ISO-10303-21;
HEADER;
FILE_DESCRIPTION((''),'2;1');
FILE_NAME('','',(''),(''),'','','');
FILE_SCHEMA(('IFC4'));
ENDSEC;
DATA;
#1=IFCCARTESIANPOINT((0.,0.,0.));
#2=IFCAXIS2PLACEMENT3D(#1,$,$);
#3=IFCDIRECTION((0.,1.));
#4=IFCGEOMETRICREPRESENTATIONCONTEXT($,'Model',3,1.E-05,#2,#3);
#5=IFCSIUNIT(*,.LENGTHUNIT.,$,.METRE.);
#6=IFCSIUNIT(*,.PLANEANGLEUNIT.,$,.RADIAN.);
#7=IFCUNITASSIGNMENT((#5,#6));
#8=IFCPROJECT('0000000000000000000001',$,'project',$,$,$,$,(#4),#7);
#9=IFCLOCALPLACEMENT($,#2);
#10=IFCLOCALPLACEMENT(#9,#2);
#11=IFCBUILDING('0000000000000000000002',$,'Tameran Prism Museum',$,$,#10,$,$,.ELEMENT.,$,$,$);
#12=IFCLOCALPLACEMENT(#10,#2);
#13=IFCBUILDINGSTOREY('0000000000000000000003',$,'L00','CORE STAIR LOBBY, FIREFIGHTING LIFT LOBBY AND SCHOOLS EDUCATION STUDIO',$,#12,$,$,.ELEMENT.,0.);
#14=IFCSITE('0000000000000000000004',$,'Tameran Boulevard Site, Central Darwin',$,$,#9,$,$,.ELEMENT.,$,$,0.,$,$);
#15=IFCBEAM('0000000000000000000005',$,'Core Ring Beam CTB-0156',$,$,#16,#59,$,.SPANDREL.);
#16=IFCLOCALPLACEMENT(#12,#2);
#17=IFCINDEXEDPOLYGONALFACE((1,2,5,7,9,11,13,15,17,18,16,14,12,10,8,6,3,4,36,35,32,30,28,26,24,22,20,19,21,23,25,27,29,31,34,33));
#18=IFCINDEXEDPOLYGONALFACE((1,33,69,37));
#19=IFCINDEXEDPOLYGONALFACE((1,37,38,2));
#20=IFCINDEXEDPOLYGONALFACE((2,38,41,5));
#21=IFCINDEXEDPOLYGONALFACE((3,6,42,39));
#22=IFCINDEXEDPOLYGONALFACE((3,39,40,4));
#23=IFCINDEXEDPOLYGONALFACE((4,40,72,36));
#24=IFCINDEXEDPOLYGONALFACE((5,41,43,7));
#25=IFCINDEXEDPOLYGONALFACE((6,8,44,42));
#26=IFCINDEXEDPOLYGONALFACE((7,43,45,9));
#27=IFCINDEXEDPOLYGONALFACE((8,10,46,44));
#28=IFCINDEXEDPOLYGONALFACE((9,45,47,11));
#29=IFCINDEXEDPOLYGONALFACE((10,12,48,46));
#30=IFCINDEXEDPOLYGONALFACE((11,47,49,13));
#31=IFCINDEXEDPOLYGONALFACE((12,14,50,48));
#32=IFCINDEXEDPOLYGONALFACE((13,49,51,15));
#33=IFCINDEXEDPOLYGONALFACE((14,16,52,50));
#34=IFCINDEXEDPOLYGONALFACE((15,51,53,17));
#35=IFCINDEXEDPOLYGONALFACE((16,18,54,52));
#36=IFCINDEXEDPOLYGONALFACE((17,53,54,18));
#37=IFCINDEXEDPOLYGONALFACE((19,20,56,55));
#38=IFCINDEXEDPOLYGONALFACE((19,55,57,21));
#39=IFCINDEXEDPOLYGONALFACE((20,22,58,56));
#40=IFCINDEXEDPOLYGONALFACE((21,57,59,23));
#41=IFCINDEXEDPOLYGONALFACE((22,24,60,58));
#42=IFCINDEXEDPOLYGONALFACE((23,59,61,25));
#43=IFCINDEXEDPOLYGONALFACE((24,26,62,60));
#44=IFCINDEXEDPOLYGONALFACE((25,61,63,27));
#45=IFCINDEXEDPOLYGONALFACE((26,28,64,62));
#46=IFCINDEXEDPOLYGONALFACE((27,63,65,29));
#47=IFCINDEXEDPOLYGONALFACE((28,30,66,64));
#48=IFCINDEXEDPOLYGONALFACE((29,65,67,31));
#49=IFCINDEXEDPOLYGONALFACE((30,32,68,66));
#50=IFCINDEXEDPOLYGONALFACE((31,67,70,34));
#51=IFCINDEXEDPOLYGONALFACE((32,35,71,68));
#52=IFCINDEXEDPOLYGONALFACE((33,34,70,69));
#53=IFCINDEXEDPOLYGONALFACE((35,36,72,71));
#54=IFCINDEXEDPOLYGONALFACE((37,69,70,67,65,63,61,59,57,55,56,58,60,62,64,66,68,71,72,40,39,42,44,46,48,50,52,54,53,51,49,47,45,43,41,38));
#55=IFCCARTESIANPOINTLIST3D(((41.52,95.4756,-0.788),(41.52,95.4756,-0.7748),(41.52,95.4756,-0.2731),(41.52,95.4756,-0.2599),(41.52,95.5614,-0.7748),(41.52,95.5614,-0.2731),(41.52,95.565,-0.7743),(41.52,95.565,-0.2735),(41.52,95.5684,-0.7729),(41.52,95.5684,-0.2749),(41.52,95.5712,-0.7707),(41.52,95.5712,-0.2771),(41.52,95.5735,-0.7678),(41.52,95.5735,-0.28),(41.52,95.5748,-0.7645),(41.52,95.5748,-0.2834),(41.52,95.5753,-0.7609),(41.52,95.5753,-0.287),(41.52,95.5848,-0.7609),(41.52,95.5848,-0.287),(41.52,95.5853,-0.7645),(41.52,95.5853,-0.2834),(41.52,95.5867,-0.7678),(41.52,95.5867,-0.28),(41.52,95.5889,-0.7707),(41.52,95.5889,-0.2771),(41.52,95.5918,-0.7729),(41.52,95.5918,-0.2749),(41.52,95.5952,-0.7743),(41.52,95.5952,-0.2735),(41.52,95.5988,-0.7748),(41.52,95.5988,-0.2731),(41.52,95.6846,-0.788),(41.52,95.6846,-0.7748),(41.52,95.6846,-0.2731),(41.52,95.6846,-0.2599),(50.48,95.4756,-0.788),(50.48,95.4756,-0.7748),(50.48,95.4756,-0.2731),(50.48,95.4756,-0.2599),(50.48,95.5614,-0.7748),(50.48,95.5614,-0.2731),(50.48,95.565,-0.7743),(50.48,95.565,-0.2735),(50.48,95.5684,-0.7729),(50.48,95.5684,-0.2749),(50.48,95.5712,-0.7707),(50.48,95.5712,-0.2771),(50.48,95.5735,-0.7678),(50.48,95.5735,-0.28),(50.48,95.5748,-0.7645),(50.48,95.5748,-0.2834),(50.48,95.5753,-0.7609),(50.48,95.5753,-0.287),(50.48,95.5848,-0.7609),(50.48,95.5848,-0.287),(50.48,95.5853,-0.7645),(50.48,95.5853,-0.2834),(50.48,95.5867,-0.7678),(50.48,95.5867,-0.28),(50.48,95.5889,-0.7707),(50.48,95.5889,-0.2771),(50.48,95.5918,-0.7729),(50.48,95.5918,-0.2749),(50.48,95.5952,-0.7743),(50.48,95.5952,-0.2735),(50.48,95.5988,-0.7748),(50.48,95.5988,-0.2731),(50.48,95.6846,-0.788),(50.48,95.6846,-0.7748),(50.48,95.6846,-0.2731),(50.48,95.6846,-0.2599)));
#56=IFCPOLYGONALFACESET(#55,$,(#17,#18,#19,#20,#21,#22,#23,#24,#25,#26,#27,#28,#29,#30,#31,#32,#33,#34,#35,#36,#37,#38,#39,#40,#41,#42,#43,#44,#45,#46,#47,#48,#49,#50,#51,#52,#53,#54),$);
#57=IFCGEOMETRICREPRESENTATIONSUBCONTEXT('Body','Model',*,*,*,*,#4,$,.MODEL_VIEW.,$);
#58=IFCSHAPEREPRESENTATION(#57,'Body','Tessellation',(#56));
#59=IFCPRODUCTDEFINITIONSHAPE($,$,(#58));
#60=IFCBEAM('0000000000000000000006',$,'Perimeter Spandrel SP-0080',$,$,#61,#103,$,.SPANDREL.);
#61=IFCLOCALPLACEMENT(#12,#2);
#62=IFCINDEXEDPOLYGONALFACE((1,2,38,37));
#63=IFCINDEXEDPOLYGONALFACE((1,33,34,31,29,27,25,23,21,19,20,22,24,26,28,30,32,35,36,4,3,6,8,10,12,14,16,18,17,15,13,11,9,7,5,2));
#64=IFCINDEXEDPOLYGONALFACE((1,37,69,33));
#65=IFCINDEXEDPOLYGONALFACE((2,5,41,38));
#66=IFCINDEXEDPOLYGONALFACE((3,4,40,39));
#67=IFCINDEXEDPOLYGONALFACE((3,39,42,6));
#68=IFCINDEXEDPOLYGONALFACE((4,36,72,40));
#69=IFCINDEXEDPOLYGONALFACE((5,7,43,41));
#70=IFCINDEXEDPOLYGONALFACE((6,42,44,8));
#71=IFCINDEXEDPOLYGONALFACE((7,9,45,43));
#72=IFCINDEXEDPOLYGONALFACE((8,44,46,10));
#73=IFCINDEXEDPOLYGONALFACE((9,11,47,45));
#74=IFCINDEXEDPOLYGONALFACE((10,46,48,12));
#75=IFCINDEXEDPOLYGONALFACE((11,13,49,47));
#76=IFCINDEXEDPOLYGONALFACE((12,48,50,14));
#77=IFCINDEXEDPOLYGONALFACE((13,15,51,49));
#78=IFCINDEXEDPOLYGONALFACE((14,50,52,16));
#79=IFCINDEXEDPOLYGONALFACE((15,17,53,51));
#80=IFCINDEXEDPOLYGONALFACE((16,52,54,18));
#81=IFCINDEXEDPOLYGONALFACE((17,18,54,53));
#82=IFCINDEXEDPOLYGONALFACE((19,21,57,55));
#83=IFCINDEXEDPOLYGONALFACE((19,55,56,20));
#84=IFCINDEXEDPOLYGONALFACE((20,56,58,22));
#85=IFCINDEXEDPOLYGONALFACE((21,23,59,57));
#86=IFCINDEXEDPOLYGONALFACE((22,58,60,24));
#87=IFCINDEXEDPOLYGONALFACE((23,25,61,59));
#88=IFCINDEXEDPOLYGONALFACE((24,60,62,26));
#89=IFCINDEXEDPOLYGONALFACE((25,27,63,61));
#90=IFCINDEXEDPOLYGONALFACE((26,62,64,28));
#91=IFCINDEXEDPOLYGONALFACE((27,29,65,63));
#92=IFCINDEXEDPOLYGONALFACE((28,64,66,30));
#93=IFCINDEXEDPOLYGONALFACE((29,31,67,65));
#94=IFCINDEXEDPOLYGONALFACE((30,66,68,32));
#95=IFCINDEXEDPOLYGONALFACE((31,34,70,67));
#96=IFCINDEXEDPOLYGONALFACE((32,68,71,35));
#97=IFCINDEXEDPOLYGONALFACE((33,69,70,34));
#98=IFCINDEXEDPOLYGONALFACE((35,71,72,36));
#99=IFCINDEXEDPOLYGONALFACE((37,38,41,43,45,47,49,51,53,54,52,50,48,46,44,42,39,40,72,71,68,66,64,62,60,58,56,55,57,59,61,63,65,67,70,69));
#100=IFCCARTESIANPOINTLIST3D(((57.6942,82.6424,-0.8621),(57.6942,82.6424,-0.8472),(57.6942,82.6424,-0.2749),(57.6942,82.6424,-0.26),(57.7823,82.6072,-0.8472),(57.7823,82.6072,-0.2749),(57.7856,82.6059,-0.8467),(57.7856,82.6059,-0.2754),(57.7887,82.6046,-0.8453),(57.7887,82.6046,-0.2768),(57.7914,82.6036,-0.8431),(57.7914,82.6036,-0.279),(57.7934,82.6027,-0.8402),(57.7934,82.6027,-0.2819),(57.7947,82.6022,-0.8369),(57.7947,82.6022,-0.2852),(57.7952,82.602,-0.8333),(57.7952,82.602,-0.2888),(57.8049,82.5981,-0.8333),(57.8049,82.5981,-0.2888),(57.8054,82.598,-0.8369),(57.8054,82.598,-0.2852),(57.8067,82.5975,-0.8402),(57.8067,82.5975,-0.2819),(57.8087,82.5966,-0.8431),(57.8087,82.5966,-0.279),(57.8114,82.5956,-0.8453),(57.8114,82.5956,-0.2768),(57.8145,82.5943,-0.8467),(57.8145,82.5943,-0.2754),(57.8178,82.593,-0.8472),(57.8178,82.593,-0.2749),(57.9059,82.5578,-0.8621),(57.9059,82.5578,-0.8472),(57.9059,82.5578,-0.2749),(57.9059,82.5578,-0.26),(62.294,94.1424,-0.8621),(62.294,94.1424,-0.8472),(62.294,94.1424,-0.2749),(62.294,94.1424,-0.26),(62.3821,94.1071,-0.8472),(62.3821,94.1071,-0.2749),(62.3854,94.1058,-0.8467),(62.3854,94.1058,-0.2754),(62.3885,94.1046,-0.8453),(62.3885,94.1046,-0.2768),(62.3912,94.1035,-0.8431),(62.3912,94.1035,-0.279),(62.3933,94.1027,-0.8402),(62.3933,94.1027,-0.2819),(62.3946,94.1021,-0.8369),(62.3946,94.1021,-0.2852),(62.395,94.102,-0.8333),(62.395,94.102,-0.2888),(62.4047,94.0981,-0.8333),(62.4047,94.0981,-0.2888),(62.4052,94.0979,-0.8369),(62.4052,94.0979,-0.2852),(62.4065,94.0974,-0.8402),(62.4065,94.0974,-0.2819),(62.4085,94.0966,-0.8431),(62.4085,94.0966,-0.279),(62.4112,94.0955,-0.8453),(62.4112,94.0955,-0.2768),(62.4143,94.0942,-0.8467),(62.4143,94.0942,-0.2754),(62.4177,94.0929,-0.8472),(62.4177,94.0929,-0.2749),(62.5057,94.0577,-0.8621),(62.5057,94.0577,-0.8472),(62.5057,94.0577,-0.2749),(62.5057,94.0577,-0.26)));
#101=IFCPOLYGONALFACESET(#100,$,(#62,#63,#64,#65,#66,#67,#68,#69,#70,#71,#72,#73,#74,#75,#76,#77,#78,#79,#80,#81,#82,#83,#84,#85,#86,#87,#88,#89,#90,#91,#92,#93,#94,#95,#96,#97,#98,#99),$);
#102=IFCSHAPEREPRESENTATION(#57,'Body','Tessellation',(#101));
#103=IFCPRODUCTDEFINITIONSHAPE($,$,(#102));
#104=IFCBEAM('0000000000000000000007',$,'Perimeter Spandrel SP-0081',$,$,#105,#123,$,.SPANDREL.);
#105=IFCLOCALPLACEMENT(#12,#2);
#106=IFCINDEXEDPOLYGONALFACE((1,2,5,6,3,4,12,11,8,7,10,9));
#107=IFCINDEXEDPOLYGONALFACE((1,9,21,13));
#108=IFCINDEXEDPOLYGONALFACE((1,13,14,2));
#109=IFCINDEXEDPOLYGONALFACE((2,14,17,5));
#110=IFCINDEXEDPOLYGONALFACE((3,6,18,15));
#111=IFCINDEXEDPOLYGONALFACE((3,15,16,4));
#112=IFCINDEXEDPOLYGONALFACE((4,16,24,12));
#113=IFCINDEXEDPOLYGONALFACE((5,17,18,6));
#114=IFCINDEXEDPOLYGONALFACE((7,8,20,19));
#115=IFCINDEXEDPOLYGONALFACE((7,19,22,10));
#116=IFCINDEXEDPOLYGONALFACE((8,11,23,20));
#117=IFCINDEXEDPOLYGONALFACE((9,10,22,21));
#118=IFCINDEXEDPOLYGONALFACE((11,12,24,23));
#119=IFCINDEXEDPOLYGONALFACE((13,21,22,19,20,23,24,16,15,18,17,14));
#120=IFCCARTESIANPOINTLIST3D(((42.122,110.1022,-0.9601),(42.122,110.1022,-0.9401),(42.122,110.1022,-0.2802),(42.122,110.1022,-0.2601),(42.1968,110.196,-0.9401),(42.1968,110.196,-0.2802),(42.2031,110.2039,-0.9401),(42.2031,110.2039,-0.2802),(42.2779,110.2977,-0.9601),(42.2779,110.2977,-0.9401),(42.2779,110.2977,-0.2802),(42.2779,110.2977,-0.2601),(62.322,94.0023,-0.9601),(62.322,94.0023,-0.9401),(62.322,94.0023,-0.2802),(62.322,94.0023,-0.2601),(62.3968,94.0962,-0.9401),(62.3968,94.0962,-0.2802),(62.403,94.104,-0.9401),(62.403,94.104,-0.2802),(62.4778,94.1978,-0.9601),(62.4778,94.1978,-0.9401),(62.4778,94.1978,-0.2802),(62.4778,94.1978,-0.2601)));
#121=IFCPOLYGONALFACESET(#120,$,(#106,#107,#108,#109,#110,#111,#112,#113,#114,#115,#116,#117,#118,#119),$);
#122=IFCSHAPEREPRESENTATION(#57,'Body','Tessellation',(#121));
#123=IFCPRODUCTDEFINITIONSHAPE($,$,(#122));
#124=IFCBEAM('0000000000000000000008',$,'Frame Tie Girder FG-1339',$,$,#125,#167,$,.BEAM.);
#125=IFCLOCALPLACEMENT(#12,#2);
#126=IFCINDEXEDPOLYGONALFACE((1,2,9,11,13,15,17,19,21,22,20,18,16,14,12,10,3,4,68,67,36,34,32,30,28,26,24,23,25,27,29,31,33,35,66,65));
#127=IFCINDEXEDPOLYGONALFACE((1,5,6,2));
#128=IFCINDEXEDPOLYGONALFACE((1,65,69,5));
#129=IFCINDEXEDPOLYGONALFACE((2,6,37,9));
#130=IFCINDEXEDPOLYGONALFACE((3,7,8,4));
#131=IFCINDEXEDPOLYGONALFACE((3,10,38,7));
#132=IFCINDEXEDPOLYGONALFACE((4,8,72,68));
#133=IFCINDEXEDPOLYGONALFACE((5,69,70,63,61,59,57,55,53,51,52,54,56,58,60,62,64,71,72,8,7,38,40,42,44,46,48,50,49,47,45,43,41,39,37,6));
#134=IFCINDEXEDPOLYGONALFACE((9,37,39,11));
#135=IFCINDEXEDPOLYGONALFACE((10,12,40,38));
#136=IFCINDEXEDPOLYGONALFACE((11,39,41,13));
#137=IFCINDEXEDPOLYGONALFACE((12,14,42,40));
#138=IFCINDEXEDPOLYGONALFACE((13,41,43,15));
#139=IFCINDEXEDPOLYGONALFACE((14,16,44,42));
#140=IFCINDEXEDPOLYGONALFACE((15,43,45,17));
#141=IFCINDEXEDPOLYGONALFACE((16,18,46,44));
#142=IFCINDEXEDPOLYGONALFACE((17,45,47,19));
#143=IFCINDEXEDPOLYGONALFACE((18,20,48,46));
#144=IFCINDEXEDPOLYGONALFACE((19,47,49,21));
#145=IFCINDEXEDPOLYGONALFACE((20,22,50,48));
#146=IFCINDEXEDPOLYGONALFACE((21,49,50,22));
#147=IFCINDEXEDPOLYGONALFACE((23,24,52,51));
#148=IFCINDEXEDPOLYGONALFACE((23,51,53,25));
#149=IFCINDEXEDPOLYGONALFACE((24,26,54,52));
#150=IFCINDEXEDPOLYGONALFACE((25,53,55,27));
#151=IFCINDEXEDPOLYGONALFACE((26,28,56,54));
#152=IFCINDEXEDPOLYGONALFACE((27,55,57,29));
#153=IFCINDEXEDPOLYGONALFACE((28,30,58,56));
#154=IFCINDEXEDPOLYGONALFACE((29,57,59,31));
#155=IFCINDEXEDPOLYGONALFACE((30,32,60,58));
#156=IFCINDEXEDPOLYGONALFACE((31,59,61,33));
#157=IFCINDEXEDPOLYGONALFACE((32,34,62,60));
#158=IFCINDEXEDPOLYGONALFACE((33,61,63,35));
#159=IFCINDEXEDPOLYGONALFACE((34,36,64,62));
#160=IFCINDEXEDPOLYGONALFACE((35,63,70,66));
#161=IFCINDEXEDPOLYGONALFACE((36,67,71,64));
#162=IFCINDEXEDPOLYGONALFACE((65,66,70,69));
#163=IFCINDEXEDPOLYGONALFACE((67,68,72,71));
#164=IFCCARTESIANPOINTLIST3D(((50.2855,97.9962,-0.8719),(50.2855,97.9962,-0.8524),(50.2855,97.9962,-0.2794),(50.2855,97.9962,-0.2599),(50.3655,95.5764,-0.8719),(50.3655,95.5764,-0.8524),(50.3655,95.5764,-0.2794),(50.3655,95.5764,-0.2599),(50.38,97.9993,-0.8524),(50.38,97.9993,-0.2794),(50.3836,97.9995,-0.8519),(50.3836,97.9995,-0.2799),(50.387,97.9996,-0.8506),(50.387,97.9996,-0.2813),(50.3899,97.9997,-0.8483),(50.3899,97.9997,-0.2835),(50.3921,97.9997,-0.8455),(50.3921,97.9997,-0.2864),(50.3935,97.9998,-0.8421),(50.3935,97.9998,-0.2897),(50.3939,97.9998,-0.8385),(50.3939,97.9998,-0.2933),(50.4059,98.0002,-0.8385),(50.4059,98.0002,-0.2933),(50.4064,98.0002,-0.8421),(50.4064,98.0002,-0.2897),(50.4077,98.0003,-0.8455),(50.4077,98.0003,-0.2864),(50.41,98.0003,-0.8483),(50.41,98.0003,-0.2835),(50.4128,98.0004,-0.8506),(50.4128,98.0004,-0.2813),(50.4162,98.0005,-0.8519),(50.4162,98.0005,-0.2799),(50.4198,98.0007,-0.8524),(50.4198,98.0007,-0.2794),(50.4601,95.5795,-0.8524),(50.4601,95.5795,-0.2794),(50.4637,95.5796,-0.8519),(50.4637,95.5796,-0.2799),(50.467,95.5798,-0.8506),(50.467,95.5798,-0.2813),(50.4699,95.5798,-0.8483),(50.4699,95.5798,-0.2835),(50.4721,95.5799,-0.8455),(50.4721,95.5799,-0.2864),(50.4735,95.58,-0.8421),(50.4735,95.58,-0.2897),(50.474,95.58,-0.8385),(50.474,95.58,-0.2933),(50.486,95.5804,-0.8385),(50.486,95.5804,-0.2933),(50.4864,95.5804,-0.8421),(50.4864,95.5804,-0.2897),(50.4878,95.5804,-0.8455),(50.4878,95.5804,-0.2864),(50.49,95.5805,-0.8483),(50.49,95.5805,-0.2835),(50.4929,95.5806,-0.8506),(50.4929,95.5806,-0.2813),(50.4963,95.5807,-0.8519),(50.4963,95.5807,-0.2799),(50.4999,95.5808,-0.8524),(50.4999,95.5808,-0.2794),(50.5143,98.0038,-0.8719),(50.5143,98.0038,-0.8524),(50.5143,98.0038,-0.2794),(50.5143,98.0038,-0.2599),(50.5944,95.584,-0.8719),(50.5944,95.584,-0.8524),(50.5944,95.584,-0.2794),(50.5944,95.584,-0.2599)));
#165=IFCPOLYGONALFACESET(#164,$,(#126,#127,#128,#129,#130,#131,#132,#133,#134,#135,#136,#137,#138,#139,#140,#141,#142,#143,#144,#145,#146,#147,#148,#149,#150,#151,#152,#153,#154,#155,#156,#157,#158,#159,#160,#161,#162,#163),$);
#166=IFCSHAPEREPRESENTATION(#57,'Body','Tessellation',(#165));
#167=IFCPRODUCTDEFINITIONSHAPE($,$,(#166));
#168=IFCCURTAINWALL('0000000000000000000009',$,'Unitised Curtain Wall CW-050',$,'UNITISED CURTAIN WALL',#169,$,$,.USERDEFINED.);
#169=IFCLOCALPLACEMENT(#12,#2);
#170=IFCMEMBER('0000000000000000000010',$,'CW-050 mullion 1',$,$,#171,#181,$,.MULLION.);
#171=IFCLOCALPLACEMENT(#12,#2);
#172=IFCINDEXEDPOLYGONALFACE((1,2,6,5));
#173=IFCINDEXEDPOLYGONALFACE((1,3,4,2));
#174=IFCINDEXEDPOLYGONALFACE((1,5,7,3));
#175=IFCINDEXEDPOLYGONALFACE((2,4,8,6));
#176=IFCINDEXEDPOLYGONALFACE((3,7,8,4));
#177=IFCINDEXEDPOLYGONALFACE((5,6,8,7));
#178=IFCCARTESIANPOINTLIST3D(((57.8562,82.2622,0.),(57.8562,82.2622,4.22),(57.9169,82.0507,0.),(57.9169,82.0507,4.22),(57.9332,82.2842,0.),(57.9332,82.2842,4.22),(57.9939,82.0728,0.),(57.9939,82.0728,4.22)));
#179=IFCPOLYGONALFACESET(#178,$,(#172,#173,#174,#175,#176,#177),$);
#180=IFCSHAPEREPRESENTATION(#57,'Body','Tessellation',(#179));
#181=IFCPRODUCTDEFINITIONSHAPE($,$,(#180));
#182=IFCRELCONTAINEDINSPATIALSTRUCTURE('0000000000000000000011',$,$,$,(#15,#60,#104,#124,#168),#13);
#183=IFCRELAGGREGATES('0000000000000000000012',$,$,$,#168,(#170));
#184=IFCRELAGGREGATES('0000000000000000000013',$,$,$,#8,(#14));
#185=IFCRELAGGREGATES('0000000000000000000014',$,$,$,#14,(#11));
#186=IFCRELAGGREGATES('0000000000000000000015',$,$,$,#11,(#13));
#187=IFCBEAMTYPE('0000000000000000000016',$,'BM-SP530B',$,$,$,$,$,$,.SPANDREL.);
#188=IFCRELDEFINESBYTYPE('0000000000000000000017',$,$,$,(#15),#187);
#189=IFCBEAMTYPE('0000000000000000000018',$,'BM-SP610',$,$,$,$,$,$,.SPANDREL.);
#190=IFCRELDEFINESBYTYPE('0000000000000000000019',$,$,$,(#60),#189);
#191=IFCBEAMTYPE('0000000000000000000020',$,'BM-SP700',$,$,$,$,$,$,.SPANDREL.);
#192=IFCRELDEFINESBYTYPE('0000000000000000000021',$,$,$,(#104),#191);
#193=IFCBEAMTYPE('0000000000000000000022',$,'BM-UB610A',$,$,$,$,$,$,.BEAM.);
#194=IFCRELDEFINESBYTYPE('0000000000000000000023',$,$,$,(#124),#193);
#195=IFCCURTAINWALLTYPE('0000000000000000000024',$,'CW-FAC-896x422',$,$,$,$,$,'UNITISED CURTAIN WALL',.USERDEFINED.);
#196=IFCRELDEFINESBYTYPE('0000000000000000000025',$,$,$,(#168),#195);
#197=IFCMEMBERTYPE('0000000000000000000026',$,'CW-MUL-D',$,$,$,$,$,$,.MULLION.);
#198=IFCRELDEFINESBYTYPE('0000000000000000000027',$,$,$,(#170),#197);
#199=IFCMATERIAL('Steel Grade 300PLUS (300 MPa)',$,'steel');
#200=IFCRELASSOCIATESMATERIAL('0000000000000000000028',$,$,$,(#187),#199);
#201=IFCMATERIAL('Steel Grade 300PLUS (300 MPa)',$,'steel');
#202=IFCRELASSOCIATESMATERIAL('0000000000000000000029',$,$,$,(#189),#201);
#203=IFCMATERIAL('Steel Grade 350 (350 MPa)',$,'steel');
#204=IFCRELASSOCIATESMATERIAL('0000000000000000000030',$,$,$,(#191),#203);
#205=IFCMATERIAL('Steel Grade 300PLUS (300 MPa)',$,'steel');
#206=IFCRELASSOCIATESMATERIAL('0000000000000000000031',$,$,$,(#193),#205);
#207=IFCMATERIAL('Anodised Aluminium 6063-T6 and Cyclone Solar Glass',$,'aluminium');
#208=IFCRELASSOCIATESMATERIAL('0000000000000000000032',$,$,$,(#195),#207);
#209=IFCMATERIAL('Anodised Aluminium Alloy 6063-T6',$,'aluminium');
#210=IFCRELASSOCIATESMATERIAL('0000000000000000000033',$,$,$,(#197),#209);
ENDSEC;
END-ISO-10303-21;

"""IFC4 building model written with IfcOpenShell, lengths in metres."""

from ifc_helpers import new_model, si_unit, direction, frame, origin, origin_2d, place, context, subcontext, project, spatial, rectangle, i_section, extrude, material, material_profile, profile_set, type_object, element, aggregate, save


model = new_model("IFC4")

# Units and contexts
model_context = context("Model", 3, precision=1e-05, world=origin(), true_north=direction((0.0, 1.0)))
body_context = subcontext(model_context, "Body", "Model", "MODEL_VIEW")
ifc_project = project(units=[si_unit("LENGTHUNIT", "METRE"), si_unit("PLANEANGLEUNIT", "RADIAN")], contexts=[model_context])

# Site, building, storey
site_placement = place(None, origin())
site = spatial("IfcSite", under=ifc_project, at=site_placement, Name="Tameran Boulevard Site, Central Darwin", CompositionType="ELEMENT", RefElevation=0.0)
building_placement = place(site_placement, origin())
building = spatial("IfcBuilding", under=site, at=building_placement, Name="Tameran Prism Museum", CompositionType="ELEMENT")
storey_placement = place(building_placement, origin())
storey = spatial("IfcBuildingStorey", under=building, at=storey_placement, Name="L00", Description="CORE STAIR LOBBY, FIREFIGHTING LIFT LOBBY AND SCHOOLS EDUCATION STUDIO", CompositionType="ELEMENT", Elevation=0.0)

# Beams
ifc_material_1 = material(Name="Steel Grade 300PLUS (300 MPa)", Category="steel")
ifc_material_profile_1 = material_profile(ifc_material_1, i_section(OverallWidth=0.209, OverallDepth=0.5281, WebThickness=0.0095, FlangeThickness=0.0132, FilletRadius=0.0139, at=origin_2d()))
ifc_profile_set_1 = profile_set([ifc_material_profile_1])
beam_type_1 = type_object("IfcBeamType", Name="BM-SP530B", PredefinedType="SPANDREL", material=ifc_profile_set_1)
beam_1_placement = place(storey_placement, frame((50.48, 95.5801, -0.5239), z_axis=(-1.0, 0.0, 0.0), x_axis=(0.0, -1.0, 0.0)))
element("IfcBeam", 1, at=beam_1_placement, inside=storey, type_object=beam_type_1, Name="Core Ring Beam CTB-0156", PredefinedType="SPANDREL", context=body_context, shape_type="SweptSolid", body=[
    extrude(i_section(OverallWidth=0.209, OverallDepth=0.5281, WebThickness=0.0095, FlangeThickness=0.0132, FilletRadius=0.0139, at=origin_2d()), origin(), (0.0, 0.0, 1.0), 8.96),
])
ifc_material_2 = material(Name="Steel Grade 300PLUS (300 MPa)", Category="steel")
ifc_material_profile_2 = material_profile(ifc_material_2, i_section(OverallWidth=0.228, OverallDepth=0.6021, WebThickness=0.0105, FlangeThickness=0.0149, FilletRadius=0.0139, at=origin_2d()))
ifc_profile_set_2 = profile_set([ifc_material_profile_2])
beam_type_2 = type_object("IfcBeamType", Name="BM-SP610", PredefinedType="SPANDREL", material=ifc_profile_set_2)
beam_2_placement = place(storey_placement, frame((57.8, 82.6001, -0.561), z_axis=(0.37138, 0.928481, 0.0), x_axis=(-0.928481, 0.37138, 0.0)))
element("IfcBeam", 2, at=beam_2_placement, inside=storey, type_object=beam_type_2, Name="Perimeter Spandrel SP-0080", PredefinedType="SPANDREL", context=body_context, shape_type="SweptSolid", body=[
    extrude(i_section(OverallWidth=0.228, OverallDepth=0.6021, WebThickness=0.0105, FlangeThickness=0.0149, FilletRadius=0.0139, at=origin_2d()), origin(), (0.0, 0.0, 1.0), 12.3857),
])
ifc_material_3 = material(Name="Steel Grade 350 (350 MPa)", Category="steel")
ifc_material_profile_3 = material_profile(ifc_material_3, i_section(OverallWidth=0.25, OverallDepth=0.7, WebThickness=0.01, FlangeThickness=0.02, at=origin_2d()))
ifc_profile_set_3 = profile_set([ifc_material_profile_3])
beam_type_3 = type_object("IfcBeamType", Name="BM-SP700", PredefinedType="SPANDREL", material=ifc_profile_set_3)
beam_3_placement = place(storey_placement, frame((62.3999, 94.1001, -0.6101), z_axis=(-0.782003, 0.623275, 0.0), x_axis=(-0.623275, -0.782003, 0.0)))
element("IfcBeam", 3, at=beam_3_placement, inside=storey, type_object=beam_type_3, Name="Perimeter Spandrel SP-0081", PredefinedType="SPANDREL", context=body_context, shape_type="SweptSolid", body=[
    extrude(i_section(OverallWidth=0.25, OverallDepth=0.7, WebThickness=0.01, FlangeThickness=0.02, at=origin_2d()), origin(), (0.0, 0.0, 1.0), 25.8311),
])
ifc_material_4 = material(Name="Steel Grade 300PLUS (300 MPa)", Category="steel")
ifc_material_profile_4 = material_profile(ifc_material_4, i_section(OverallWidth=0.229, OverallDepth=0.6121, WebThickness=0.012, FlangeThickness=0.0195, FilletRadius=0.0139, at=origin_2d()))
ifc_profile_set_4 = profile_set([ifc_material_profile_4])
beam_type_4 = type_object("IfcBeamType", Name="BM-UB610A", PredefinedType="BEAM", material=ifc_profile_set_4)
beam_4_placement = place(storey_placement, frame((50.3999, 98.0, -0.5659), z_axis=(0.033073, -0.999453, 0.0), x_axis=(0.999453, 0.033073, 0.0)))
element("IfcBeam", 4, at=beam_4_placement, inside=storey, type_object=beam_type_4, Name="Frame Tie Girder FG-1339", PredefinedType="BEAM", context=body_context, shape_type="SweptSolid", body=[
    extrude(i_section(OverallWidth=0.229, OverallDepth=0.6121, WebThickness=0.012, FlangeThickness=0.0195, FilletRadius=0.0139, at=origin_2d()), origin(), (0.0, 0.0, 1.0), 2.4211),
])

# Curtain wall, member
ifc_material_5 = material(Name="Anodised Aluminium 6063-T6 and Cyclone Solar Glass", Category="aluminium")
curtain_wall_type = type_object("IfcCurtainWallType", Name="CW-FAC-896x422", ElementType="UNITISED CURTAIN WALL", PredefinedType="USERDEFINED", material=ifc_material_5)
curtain_wall_placement = place(storey_placement, origin())
curtain_wall = element("IfcCurtainWall", 5, at=curtain_wall_placement, inside=storey, type_object=curtain_wall_type, Name="Unitised Curtain Wall CW-050", ObjectType="UNITISED CURTAIN WALL", PredefinedType="USERDEFINED")
ifc_material_6 = material(Name="Anodised Aluminium Alloy 6063-T6", Category="aluminium")
ifc_material_profile_5 = material_profile(ifc_material_6, rectangle(XDim=0.0801, YDim=0.22, at=origin_2d()))
ifc_profile_set_5 = profile_set([ifc_material_profile_5])
member_type_1 = type_object("IfcMemberType", Name="CW-MUL-D", PredefinedType="MULLION", material=ifc_profile_set_5)
member_1_placement = place(storey_placement, frame((57.925, 82.1675, 0.0), z_axis=(0.0, 0.0, 1.0), x_axis=(0.961186, 0.2759, 0.0)))
member_1 = element("IfcMember", 6, at=member_1_placement, type_object=member_type_1, Name="CW-050 mullion 1", PredefinedType="MULLION", context=body_context, shape_type="SweptSolid", body=[
    extrude(rectangle(XDim=0.0801, YDim=0.22, at=origin_2d()), origin(), (0.0, 0.0, 1.0), 4.22),
])

aggregate(curtain_wall, [member_1])

save(model, "model.ifc")
